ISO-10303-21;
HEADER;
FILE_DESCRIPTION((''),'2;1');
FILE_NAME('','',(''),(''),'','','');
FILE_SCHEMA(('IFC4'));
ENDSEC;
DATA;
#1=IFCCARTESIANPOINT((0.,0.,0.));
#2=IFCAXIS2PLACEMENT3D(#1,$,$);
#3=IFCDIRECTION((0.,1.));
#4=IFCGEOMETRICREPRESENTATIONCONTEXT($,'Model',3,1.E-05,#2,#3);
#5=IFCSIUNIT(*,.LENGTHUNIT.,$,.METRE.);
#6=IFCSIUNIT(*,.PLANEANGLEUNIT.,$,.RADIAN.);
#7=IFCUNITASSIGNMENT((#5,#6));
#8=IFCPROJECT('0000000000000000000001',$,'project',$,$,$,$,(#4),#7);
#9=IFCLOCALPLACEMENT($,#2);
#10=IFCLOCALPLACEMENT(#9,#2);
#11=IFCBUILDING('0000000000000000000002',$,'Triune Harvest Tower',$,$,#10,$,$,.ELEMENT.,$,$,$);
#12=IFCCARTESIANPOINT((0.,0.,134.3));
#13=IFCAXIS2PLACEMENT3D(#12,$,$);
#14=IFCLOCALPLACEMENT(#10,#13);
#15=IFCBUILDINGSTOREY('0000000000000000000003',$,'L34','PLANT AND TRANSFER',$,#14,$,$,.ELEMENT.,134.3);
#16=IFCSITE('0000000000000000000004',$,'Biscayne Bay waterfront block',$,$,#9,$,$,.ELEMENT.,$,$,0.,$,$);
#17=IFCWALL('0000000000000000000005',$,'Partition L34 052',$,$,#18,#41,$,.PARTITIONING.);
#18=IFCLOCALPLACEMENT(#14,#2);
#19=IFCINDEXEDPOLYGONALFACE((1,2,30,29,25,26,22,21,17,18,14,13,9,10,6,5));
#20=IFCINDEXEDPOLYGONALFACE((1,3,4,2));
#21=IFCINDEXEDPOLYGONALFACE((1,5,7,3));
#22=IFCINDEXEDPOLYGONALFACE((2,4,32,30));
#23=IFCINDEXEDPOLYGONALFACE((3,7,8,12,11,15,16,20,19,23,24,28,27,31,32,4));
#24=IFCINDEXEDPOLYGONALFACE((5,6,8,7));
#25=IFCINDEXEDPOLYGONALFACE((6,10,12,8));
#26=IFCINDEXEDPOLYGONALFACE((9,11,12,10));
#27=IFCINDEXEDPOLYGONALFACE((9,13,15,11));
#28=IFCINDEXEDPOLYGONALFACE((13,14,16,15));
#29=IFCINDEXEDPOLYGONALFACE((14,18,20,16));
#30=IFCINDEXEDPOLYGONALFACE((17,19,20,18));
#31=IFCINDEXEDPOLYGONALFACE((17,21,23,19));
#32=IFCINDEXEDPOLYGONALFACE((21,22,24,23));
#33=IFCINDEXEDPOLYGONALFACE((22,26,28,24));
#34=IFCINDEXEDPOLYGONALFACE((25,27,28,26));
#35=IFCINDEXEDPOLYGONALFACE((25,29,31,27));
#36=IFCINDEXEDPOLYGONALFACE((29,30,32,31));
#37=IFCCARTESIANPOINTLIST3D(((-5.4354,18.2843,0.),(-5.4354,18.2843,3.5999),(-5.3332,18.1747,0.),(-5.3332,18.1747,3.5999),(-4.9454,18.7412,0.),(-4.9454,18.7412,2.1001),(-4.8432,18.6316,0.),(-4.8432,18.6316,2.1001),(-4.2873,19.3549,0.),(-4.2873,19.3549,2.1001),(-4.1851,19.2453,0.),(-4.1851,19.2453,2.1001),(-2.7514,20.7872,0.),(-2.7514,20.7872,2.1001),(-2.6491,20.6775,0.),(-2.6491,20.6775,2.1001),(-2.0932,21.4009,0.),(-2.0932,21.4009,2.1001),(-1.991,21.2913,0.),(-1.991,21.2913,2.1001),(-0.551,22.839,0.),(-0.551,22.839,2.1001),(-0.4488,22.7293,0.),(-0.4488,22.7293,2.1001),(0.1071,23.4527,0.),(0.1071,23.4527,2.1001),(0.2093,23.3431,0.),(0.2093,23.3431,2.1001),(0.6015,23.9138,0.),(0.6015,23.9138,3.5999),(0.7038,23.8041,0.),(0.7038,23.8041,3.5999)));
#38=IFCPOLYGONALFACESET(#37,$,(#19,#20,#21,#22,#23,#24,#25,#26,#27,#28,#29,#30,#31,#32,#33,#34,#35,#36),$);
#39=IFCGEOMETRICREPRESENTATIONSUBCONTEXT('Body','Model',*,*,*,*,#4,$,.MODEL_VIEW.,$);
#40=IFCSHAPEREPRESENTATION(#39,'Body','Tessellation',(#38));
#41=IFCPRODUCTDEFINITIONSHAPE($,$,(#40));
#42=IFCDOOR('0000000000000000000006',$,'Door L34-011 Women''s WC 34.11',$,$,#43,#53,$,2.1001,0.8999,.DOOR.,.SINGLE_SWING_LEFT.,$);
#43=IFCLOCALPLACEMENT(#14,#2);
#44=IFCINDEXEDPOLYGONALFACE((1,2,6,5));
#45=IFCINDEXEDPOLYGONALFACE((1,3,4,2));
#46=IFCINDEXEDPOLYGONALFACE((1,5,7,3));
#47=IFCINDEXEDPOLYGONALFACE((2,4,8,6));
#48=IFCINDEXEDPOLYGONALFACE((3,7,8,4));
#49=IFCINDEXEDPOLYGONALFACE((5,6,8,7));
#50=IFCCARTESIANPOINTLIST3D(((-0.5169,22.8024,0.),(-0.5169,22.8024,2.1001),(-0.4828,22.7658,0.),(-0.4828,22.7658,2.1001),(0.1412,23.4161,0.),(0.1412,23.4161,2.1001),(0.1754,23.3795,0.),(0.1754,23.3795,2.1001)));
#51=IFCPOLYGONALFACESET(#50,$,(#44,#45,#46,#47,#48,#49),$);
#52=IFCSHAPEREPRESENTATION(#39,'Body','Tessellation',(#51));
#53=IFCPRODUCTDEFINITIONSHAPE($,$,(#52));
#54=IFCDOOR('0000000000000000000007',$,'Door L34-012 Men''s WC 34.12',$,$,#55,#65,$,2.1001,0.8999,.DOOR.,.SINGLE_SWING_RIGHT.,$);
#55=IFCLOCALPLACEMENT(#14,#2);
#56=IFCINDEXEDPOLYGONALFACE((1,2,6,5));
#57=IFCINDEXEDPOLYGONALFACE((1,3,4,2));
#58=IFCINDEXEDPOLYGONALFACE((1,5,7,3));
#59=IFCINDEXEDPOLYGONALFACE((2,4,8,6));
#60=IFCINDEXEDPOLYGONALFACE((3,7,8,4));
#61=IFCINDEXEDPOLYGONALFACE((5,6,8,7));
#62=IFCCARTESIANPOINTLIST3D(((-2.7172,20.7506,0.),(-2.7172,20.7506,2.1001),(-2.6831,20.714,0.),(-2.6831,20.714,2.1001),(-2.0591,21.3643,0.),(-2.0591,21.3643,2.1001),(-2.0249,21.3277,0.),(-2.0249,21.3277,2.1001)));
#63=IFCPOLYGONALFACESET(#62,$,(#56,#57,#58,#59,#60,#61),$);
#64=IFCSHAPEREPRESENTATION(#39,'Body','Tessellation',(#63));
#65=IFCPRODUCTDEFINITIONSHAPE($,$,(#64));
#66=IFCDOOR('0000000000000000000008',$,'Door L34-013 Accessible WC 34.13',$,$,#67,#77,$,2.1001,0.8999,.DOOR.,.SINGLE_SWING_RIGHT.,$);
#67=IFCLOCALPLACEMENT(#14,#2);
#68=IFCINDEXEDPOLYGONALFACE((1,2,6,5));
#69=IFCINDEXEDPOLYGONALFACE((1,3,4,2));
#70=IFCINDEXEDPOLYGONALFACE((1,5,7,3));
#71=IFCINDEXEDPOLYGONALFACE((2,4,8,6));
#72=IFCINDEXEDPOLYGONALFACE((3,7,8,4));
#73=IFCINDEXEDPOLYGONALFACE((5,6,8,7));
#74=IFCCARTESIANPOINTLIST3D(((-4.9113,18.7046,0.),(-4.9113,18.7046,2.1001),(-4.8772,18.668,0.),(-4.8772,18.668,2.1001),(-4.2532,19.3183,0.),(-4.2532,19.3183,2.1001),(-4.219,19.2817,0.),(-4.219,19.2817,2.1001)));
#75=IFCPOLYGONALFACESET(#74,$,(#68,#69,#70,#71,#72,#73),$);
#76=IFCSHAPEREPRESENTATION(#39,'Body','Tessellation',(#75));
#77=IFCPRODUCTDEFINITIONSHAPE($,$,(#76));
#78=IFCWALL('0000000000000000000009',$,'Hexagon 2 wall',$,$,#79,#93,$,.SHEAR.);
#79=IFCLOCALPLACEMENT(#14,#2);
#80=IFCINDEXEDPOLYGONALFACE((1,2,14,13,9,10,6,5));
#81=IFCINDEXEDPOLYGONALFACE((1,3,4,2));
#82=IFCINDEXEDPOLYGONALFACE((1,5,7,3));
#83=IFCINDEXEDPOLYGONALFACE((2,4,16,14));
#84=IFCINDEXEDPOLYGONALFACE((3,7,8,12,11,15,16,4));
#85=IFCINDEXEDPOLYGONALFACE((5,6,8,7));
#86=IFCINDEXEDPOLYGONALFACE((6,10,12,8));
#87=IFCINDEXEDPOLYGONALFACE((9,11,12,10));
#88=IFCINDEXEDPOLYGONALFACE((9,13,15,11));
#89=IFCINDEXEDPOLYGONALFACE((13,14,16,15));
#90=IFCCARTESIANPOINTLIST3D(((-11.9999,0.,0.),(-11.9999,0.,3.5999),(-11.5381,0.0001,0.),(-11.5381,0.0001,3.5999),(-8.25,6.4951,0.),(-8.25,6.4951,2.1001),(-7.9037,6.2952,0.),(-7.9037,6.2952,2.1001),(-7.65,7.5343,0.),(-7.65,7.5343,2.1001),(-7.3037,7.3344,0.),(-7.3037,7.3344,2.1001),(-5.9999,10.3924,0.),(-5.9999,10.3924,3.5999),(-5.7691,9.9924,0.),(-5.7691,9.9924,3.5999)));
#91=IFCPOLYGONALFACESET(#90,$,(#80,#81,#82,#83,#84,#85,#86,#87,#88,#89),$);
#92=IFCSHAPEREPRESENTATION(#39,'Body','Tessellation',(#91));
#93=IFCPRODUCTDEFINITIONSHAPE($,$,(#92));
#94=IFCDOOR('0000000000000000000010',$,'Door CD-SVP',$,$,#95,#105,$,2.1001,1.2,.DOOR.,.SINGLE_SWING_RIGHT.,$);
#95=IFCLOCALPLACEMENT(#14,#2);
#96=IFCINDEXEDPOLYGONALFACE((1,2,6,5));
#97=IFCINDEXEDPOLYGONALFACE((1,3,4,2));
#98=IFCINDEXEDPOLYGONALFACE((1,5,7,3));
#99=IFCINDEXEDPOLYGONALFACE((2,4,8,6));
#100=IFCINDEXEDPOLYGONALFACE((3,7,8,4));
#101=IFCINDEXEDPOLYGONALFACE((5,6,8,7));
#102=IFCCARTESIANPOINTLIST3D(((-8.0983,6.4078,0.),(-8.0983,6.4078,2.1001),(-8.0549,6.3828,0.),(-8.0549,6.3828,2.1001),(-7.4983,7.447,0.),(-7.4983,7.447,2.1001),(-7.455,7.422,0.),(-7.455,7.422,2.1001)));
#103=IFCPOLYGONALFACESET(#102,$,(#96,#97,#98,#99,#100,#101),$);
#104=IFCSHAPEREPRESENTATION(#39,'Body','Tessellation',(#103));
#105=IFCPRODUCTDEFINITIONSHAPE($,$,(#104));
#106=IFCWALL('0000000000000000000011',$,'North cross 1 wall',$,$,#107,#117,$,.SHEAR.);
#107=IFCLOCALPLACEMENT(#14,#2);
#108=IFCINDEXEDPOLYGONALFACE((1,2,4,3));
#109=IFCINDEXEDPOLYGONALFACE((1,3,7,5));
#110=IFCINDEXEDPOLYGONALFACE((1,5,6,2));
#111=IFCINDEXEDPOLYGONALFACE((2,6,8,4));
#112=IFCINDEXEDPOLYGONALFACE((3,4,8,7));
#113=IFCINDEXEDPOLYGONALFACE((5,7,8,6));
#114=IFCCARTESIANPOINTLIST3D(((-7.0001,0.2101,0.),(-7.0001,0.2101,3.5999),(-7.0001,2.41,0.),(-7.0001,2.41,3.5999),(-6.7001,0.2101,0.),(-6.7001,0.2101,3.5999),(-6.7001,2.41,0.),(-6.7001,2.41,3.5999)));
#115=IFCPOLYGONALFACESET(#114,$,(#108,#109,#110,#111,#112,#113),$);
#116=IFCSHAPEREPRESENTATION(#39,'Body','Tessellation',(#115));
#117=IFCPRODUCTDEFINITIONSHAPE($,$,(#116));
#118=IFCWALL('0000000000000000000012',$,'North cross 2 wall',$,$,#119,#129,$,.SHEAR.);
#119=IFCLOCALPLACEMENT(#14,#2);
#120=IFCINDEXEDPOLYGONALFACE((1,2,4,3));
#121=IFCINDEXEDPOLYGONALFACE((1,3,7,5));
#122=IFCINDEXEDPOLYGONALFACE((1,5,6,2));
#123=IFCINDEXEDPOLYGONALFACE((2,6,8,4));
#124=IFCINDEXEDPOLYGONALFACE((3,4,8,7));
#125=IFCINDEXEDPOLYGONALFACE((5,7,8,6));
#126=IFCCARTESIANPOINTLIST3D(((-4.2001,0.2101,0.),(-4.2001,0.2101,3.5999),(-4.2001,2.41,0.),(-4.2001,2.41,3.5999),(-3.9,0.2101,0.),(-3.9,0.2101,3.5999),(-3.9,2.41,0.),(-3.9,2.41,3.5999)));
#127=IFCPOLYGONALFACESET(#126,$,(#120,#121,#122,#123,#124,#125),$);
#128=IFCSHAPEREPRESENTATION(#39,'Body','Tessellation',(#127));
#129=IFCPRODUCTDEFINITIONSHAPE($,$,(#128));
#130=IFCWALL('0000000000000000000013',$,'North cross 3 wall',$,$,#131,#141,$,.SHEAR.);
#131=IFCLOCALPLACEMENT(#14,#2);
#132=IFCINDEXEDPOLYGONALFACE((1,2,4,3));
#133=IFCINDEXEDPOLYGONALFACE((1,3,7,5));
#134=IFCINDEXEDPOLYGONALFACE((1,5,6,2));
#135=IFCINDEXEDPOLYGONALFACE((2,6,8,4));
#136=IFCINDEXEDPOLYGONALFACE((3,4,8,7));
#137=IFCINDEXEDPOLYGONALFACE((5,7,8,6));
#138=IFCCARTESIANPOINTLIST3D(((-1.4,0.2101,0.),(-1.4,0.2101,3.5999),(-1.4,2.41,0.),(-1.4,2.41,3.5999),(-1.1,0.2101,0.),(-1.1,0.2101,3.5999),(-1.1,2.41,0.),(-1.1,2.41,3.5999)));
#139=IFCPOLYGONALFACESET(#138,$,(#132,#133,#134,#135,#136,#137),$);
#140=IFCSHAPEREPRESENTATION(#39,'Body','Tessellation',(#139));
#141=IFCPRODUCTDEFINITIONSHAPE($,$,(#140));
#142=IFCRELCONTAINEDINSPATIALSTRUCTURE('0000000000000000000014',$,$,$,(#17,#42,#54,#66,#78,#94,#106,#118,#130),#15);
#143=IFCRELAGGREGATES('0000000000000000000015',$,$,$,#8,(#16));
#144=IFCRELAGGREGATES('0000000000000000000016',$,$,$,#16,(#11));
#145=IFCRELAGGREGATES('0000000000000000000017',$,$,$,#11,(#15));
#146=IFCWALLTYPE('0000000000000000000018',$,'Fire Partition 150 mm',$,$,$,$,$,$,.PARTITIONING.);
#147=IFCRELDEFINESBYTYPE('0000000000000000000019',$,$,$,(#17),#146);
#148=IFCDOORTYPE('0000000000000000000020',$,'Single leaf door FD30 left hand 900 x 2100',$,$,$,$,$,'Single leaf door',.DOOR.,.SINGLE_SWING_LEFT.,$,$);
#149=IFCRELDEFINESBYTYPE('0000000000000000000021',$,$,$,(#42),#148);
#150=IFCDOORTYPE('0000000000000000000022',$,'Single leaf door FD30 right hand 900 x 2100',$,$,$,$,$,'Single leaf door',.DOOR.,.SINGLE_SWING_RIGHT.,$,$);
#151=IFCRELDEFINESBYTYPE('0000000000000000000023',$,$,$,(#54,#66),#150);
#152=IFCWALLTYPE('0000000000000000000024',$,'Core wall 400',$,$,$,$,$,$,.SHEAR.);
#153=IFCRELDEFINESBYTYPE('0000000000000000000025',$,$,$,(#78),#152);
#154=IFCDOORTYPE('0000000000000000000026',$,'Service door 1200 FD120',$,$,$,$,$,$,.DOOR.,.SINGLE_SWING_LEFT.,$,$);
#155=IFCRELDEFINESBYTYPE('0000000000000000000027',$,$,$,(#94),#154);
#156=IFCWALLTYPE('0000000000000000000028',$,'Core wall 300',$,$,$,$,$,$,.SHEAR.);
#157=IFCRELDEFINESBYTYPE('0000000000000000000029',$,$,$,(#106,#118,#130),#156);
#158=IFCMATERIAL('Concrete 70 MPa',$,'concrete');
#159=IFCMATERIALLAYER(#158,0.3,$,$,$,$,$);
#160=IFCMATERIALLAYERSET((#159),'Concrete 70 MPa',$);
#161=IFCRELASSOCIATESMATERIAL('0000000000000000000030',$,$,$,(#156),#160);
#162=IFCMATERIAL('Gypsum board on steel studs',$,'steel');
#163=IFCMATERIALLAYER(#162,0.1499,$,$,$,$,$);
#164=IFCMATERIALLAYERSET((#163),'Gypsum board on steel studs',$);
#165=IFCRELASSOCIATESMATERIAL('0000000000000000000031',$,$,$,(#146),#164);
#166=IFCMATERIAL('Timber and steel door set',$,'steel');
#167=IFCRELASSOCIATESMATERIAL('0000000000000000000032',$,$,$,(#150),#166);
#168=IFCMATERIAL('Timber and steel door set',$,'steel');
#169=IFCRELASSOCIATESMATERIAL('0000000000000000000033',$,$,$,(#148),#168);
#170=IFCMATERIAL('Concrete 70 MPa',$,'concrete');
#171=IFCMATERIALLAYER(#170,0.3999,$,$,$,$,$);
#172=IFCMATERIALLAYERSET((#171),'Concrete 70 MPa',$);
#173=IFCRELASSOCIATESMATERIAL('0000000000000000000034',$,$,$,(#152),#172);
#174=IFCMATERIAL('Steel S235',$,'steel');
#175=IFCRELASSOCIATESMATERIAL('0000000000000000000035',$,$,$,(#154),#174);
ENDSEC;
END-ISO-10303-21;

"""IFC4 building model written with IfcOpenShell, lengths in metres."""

from ifc_helpers import new_model, si_unit, direction, frame, frame_2d, origin, place, context, subcontext, project, spatial, polyline, rectangle, outline, extrude, source, transform, mapped, material, layer, layer_set, type_object, element, fill, save


model = new_model("IFC4")

# Units and contexts
model_context = context("Model", 3, precision=1e-05, world=origin(), true_north=direction((0.0, 1.0)))
body_context = subcontext(model_context, "Body", "Model", "MODEL_VIEW")
ifc_project = project(units=[si_unit("LENGTHUNIT", "METRE"), si_unit("PLANEANGLEUNIT", "RADIAN")], contexts=[model_context])

# Site, building, storey
site_placement = place(None, origin())
site = spatial("IfcSite", under=ifc_project, at=site_placement, Name="Biscayne Bay waterfront block", CompositionType="ELEMENT", RefElevation=0.0)
building_placement = place(site_placement, origin())
building = spatial("IfcBuilding", under=site, at=building_placement, Name="Triune Harvest Tower", CompositionType="ELEMENT")
storey_placement = place(building_placement, frame((0.0, 0.0, 134.3)))
storey = spatial("IfcBuildingStorey", under=building, at=storey_placement, Name="L34", Description="PLANT AND TRANSFER", CompositionType="ELEMENT", Elevation=134.3)

# Shared definitions
ifc_material_1 = material(Name="Concrete 70 MPa", Category="concrete")
ifc_layer_1 = layer(ifc_material_1, 0.3)
ifc_layer_set_1 = layer_set([ifc_layer_1], Name="Concrete 70 MPa")
wall_type_1 = type_object("IfcWallType", Name="Core wall 300", PredefinedType="SHEAR", material=ifc_layer_set_1)
ifc_material_2 = material(Name="Gypsum board on steel studs", Category="steel")
ifc_layer_2 = layer(ifc_material_2, 0.1499)
ifc_layer_set_2 = layer_set([ifc_layer_2], Name="Gypsum board on steel studs")
wall_type_2 = type_object("IfcWallType", Name="Fire Partition 150 mm", PredefinedType="PARTITIONING", material=ifc_layer_set_2)

# Shared definitions
ifc_material_3 = material(Name="Timber and steel door set", Category="steel")
door_type_1 = type_object("IfcDoorType", Name="Single leaf door FD30 right hand 900 x 2100", ElementType="Single leaf door", OperationType="SINGLE_SWING_RIGHT", PredefinedType="DOOR", material=ifc_material_3)

# Wall, openings, doors
wall_1_placement = place(storey_placement, frame((-5.3843, 18.2295, 0.0), z_axis=(0.0, 0.0, 1.0), x_axis=(0.731358, 0.681994, 0.0)))
wall_1 = element("IfcWall", 1, at=wall_1_placement, inside=storey, type_object=wall_type_2, Name="Partition L34 052", PredefinedType="PARTITIONING", context=body_context, shape_type="SweptSolid", body=[
    extrude(rectangle(XDim=8.2544, YDim=0.1499, at=frame_2d((4.1272, 0.0))), origin(), (0.0, 0.0, 1.0), 3.5999),
])
opening_1_placement = place(wall_1_placement, frame((6.6785, 0.0, 0.0)))
opening_1 = element("IfcOpeningElement", 2, at=opening_1_placement, cuts=wall_1, PredefinedType="OPENING", context=body_context, shape_type="SweptSolid", body=[
    extrude(rectangle(XDim=0.8999, YDim=2.1001, at=frame_2d((0.45, 1.05))), frame((0.0, 0.085, 0.0), z_axis=(0.0, -1.0, 0.0), x_axis=(1.0, 0.0, 0.0)), (0.0, 0.0, 1.0), 0.1699),
])
opening_2_placement = place(wall_1_placement, frame((3.6699, 0.0, 0.0)))
opening_2 = element("IfcOpeningElement", 3, at=opening_2_placement, cuts=wall_1, PredefinedType="OPENING", context=body_context, shape_type="SweptSolid", body=[
    extrude(rectangle(XDim=0.8999, YDim=2.1001, at=frame_2d((0.45, 1.05))), frame((0.0, 0.085, 0.0), z_axis=(0.0, -1.0, 0.0), x_axis=(1.0, 0.0, 0.0)), (0.0, 0.0, 1.0), 0.1699),
])
opening_3_placement = place(wall_1_placement, frame((0.6699, 0.0, 0.0)))
opening_3 = element("IfcOpeningElement", 4, at=opening_3_placement, cuts=wall_1, PredefinedType="OPENING", context=body_context, shape_type="SweptSolid", body=[
    extrude(rectangle(XDim=0.8999, YDim=2.1001, at=frame_2d((0.45, 1.05))), frame((0.0, 0.085, 0.0), z_axis=(0.0, -1.0, 0.0), x_axis=(1.0, 0.0, 0.0)), (0.0, 0.0, 1.0), 0.1699),
])
ifc_material_4 = material(Name="Timber and steel door set", Category="steel")
door_type_2 = type_object("IfcDoorType", Name="Single leaf door FD30 left hand 900 x 2100", ElementType="Single leaf door", OperationType="SINGLE_SWING_LEFT", PredefinedType="DOOR", material=ifc_material_4)
door_1_placement = place(opening_1_placement, origin())
door_1 = element("IfcDoor", 5, at=door_1_placement, inside=storey, type_object=door_type_2, Name="Door L34-011 Women's WC 34.11", OperationType="SINGLE_SWING_LEFT", OverallHeight=2.1001, OverallWidth=0.8999, PredefinedType="DOOR", context=body_context, shape_type="SweptSolid", body=[
    extrude(rectangle(XDim=0.8999, YDim=2.1001, at=frame_2d((0.45, 1.05))), frame((0.0, 0.0249, 0.0), z_axis=(0.0, -1.0, 0.0), x_axis=(1.0, 0.0, 0.0)), (0.0, 0.0, 1.0), 0.05),
])
fill(opening_1, door_1)
door_2_placement = place(opening_2_placement, origin())
door_2 = element("IfcDoor", 6, at=door_2_placement, inside=storey, type_object=door_type_1, Name="Door L34-012 Men's WC 34.12", OperationType="SINGLE_SWING_RIGHT", OverallHeight=2.1001, OverallWidth=0.8999, PredefinedType="DOOR", context=body_context, shape_type="SweptSolid", body=[
    extrude(rectangle(XDim=0.8999, YDim=2.1001, at=frame_2d((0.45, 1.05))), frame((0.0, 0.0249, 0.0), z_axis=(0.0, -1.0, 0.0), x_axis=(1.0, 0.0, 0.0)), (0.0, 0.0, 1.0), 0.05),
])
fill(opening_2, door_2)
door_3_placement = place(opening_3_placement, origin())
door_3 = element("IfcDoor", 7, at=door_3_placement, inside=storey, type_object=door_type_1, Name="Door L34-013 Accessible WC 34.13", OperationType="SINGLE_SWING_RIGHT", OverallHeight=2.1001, OverallWidth=0.8999, PredefinedType="DOOR", context=body_context, shape_type="SweptSolid", body=[
    extrude(rectangle(XDim=0.8999, YDim=2.1001, at=frame_2d((0.45, 1.05))), frame((0.0, 0.0249, 0.0), z_axis=(0.0, -1.0, 0.0), x_axis=(1.0, 0.0, 0.0)), (0.0, 0.0, 1.0), 0.05),
])
fill(opening_3, door_3)

# Wall, opening, door
ifc_material_5 = material(Name="Concrete 70 MPa", Category="concrete")
ifc_layer_3 = layer(ifc_material_5, 0.3999)
ifc_layer_set_3 = layer_set([ifc_layer_3], Name="Concrete 70 MPa")
wall_type_3 = type_object("IfcWallType", Name="Core wall 400", PredefinedType="SHEAR", material=ifc_layer_set_3)
shared_shape_1 = source(origin(), body_context, "Body", "SweptSolid", [
    extrude(outline(polyline([(-0.1155, -0.2), (11.8845, -0.2), (11.6536, 0.2), (0.1155, 0.2), (-0.1155, -0.2)])), origin(), (0.0, 0.0, 1.0), 3.5999),
])
wall_2_placement = place(storey_placement, frame((-5.8845, 10.1924, 0.0), z_axis=(0.0, 0.0, 1.0), x_axis=(-0.499997, -0.866027, 0.0)))
wall_2 = element("IfcWall", 8, at=wall_2_placement, inside=storey, type_object=wall_type_3, Name="Hexagon 2 wall", PredefinedType="SHEAR", context=body_context, shape_type="MappedRepresentation", body=[
    mapped(shared_shape_1, transform((0.0, 0.0, 0.0), scale=1.0)),
])
opening_4_placement = place(wall_2_placement, frame((3.1846, 0.0, 0.0)))
opening_4 = element("IfcOpeningElement", 9, at=opening_4_placement, cuts=wall_2, PredefinedType="OPENING", context=body_context, shape_type="SweptSolid", body=[
    extrude(rectangle(XDim=1.2, YDim=2.1001, at=frame_2d((0.6001, 1.05))), frame((0.0, 0.21, 0.0), z_axis=(0.0, -1.0, 0.0), x_axis=(1.0, 0.0, 0.0)), (0.0, 0.0, 1.0), 0.4199),
])
ifc_material_6 = material(Name="Steel S235", Category="steel")
door_type_3 = type_object("IfcDoorType", Name="Service door 1200 FD120", OperationType="SINGLE_SWING_LEFT", PredefinedType="DOOR", material=ifc_material_6)
door_4_placement = place(opening_4_placement, frame((1.2, 0.0, 0.0), z_axis=(0.0, 0.0, 1.0), x_axis=(-1.0, 0.0, 0.0)))
door_4 = element("IfcDoor", 10, at=door_4_placement, inside=storey, type_object=door_type_3, Name="Door CD-SVP", OperationType="SINGLE_SWING_RIGHT", OverallHeight=2.1001, OverallWidth=1.2, PredefinedType="DOOR", context=body_context, shape_type="SweptSolid", body=[
    extrude(rectangle(XDim=1.2, YDim=2.1001, at=frame_2d((0.6001, 1.05))), frame((0.0, 0.0249, 0.0), z_axis=(0.0, -1.0, 0.0), x_axis=(1.0, 0.0, 0.0)), (0.0, 0.0, 1.0), 0.05),
])
fill(opening_4, door_4)

# Walls
shared_shape_2 = source(origin(), body_context, "Body", "SweptSolid", [
    extrude(rectangle(XDim=2.2, YDim=0.3, at=frame_2d((1.1001, 0.0))), origin(), (0.0, 0.0, 1.0), 3.5999),
])
for number, where, z_axis, x_axis, name in (
    (11, (-6.8501, 0.21, 0.0), (0.0, 0.0, 1.0), (0.0, 1.0, 0.0), "North cross 1 wall"),
    (12, (-4.05, 0.21, 0.0), (0.0, 0.0, 1.0), (0.0, 1.0, 0.0), "North cross 2 wall"),
    (13, (-1.25, 0.21, 0.0), (0.0, 0.0, 1.0), (0.0, 1.0, 0.0), "North cross 3 wall"),
):
    element("IfcWall", number, at=place(storey_placement, frame(where, z_axis=z_axis, x_axis=x_axis)), inside=storey, type_object=wall_type_1, Name=name, PredefinedType="SHEAR", context=body_context, shape_type="MappedRepresentation", body=[
        mapped(shared_shape_2, transform((0.0, 0.0, 0.0), scale=1.0)),
    ])

save(model, "model.ifc")
